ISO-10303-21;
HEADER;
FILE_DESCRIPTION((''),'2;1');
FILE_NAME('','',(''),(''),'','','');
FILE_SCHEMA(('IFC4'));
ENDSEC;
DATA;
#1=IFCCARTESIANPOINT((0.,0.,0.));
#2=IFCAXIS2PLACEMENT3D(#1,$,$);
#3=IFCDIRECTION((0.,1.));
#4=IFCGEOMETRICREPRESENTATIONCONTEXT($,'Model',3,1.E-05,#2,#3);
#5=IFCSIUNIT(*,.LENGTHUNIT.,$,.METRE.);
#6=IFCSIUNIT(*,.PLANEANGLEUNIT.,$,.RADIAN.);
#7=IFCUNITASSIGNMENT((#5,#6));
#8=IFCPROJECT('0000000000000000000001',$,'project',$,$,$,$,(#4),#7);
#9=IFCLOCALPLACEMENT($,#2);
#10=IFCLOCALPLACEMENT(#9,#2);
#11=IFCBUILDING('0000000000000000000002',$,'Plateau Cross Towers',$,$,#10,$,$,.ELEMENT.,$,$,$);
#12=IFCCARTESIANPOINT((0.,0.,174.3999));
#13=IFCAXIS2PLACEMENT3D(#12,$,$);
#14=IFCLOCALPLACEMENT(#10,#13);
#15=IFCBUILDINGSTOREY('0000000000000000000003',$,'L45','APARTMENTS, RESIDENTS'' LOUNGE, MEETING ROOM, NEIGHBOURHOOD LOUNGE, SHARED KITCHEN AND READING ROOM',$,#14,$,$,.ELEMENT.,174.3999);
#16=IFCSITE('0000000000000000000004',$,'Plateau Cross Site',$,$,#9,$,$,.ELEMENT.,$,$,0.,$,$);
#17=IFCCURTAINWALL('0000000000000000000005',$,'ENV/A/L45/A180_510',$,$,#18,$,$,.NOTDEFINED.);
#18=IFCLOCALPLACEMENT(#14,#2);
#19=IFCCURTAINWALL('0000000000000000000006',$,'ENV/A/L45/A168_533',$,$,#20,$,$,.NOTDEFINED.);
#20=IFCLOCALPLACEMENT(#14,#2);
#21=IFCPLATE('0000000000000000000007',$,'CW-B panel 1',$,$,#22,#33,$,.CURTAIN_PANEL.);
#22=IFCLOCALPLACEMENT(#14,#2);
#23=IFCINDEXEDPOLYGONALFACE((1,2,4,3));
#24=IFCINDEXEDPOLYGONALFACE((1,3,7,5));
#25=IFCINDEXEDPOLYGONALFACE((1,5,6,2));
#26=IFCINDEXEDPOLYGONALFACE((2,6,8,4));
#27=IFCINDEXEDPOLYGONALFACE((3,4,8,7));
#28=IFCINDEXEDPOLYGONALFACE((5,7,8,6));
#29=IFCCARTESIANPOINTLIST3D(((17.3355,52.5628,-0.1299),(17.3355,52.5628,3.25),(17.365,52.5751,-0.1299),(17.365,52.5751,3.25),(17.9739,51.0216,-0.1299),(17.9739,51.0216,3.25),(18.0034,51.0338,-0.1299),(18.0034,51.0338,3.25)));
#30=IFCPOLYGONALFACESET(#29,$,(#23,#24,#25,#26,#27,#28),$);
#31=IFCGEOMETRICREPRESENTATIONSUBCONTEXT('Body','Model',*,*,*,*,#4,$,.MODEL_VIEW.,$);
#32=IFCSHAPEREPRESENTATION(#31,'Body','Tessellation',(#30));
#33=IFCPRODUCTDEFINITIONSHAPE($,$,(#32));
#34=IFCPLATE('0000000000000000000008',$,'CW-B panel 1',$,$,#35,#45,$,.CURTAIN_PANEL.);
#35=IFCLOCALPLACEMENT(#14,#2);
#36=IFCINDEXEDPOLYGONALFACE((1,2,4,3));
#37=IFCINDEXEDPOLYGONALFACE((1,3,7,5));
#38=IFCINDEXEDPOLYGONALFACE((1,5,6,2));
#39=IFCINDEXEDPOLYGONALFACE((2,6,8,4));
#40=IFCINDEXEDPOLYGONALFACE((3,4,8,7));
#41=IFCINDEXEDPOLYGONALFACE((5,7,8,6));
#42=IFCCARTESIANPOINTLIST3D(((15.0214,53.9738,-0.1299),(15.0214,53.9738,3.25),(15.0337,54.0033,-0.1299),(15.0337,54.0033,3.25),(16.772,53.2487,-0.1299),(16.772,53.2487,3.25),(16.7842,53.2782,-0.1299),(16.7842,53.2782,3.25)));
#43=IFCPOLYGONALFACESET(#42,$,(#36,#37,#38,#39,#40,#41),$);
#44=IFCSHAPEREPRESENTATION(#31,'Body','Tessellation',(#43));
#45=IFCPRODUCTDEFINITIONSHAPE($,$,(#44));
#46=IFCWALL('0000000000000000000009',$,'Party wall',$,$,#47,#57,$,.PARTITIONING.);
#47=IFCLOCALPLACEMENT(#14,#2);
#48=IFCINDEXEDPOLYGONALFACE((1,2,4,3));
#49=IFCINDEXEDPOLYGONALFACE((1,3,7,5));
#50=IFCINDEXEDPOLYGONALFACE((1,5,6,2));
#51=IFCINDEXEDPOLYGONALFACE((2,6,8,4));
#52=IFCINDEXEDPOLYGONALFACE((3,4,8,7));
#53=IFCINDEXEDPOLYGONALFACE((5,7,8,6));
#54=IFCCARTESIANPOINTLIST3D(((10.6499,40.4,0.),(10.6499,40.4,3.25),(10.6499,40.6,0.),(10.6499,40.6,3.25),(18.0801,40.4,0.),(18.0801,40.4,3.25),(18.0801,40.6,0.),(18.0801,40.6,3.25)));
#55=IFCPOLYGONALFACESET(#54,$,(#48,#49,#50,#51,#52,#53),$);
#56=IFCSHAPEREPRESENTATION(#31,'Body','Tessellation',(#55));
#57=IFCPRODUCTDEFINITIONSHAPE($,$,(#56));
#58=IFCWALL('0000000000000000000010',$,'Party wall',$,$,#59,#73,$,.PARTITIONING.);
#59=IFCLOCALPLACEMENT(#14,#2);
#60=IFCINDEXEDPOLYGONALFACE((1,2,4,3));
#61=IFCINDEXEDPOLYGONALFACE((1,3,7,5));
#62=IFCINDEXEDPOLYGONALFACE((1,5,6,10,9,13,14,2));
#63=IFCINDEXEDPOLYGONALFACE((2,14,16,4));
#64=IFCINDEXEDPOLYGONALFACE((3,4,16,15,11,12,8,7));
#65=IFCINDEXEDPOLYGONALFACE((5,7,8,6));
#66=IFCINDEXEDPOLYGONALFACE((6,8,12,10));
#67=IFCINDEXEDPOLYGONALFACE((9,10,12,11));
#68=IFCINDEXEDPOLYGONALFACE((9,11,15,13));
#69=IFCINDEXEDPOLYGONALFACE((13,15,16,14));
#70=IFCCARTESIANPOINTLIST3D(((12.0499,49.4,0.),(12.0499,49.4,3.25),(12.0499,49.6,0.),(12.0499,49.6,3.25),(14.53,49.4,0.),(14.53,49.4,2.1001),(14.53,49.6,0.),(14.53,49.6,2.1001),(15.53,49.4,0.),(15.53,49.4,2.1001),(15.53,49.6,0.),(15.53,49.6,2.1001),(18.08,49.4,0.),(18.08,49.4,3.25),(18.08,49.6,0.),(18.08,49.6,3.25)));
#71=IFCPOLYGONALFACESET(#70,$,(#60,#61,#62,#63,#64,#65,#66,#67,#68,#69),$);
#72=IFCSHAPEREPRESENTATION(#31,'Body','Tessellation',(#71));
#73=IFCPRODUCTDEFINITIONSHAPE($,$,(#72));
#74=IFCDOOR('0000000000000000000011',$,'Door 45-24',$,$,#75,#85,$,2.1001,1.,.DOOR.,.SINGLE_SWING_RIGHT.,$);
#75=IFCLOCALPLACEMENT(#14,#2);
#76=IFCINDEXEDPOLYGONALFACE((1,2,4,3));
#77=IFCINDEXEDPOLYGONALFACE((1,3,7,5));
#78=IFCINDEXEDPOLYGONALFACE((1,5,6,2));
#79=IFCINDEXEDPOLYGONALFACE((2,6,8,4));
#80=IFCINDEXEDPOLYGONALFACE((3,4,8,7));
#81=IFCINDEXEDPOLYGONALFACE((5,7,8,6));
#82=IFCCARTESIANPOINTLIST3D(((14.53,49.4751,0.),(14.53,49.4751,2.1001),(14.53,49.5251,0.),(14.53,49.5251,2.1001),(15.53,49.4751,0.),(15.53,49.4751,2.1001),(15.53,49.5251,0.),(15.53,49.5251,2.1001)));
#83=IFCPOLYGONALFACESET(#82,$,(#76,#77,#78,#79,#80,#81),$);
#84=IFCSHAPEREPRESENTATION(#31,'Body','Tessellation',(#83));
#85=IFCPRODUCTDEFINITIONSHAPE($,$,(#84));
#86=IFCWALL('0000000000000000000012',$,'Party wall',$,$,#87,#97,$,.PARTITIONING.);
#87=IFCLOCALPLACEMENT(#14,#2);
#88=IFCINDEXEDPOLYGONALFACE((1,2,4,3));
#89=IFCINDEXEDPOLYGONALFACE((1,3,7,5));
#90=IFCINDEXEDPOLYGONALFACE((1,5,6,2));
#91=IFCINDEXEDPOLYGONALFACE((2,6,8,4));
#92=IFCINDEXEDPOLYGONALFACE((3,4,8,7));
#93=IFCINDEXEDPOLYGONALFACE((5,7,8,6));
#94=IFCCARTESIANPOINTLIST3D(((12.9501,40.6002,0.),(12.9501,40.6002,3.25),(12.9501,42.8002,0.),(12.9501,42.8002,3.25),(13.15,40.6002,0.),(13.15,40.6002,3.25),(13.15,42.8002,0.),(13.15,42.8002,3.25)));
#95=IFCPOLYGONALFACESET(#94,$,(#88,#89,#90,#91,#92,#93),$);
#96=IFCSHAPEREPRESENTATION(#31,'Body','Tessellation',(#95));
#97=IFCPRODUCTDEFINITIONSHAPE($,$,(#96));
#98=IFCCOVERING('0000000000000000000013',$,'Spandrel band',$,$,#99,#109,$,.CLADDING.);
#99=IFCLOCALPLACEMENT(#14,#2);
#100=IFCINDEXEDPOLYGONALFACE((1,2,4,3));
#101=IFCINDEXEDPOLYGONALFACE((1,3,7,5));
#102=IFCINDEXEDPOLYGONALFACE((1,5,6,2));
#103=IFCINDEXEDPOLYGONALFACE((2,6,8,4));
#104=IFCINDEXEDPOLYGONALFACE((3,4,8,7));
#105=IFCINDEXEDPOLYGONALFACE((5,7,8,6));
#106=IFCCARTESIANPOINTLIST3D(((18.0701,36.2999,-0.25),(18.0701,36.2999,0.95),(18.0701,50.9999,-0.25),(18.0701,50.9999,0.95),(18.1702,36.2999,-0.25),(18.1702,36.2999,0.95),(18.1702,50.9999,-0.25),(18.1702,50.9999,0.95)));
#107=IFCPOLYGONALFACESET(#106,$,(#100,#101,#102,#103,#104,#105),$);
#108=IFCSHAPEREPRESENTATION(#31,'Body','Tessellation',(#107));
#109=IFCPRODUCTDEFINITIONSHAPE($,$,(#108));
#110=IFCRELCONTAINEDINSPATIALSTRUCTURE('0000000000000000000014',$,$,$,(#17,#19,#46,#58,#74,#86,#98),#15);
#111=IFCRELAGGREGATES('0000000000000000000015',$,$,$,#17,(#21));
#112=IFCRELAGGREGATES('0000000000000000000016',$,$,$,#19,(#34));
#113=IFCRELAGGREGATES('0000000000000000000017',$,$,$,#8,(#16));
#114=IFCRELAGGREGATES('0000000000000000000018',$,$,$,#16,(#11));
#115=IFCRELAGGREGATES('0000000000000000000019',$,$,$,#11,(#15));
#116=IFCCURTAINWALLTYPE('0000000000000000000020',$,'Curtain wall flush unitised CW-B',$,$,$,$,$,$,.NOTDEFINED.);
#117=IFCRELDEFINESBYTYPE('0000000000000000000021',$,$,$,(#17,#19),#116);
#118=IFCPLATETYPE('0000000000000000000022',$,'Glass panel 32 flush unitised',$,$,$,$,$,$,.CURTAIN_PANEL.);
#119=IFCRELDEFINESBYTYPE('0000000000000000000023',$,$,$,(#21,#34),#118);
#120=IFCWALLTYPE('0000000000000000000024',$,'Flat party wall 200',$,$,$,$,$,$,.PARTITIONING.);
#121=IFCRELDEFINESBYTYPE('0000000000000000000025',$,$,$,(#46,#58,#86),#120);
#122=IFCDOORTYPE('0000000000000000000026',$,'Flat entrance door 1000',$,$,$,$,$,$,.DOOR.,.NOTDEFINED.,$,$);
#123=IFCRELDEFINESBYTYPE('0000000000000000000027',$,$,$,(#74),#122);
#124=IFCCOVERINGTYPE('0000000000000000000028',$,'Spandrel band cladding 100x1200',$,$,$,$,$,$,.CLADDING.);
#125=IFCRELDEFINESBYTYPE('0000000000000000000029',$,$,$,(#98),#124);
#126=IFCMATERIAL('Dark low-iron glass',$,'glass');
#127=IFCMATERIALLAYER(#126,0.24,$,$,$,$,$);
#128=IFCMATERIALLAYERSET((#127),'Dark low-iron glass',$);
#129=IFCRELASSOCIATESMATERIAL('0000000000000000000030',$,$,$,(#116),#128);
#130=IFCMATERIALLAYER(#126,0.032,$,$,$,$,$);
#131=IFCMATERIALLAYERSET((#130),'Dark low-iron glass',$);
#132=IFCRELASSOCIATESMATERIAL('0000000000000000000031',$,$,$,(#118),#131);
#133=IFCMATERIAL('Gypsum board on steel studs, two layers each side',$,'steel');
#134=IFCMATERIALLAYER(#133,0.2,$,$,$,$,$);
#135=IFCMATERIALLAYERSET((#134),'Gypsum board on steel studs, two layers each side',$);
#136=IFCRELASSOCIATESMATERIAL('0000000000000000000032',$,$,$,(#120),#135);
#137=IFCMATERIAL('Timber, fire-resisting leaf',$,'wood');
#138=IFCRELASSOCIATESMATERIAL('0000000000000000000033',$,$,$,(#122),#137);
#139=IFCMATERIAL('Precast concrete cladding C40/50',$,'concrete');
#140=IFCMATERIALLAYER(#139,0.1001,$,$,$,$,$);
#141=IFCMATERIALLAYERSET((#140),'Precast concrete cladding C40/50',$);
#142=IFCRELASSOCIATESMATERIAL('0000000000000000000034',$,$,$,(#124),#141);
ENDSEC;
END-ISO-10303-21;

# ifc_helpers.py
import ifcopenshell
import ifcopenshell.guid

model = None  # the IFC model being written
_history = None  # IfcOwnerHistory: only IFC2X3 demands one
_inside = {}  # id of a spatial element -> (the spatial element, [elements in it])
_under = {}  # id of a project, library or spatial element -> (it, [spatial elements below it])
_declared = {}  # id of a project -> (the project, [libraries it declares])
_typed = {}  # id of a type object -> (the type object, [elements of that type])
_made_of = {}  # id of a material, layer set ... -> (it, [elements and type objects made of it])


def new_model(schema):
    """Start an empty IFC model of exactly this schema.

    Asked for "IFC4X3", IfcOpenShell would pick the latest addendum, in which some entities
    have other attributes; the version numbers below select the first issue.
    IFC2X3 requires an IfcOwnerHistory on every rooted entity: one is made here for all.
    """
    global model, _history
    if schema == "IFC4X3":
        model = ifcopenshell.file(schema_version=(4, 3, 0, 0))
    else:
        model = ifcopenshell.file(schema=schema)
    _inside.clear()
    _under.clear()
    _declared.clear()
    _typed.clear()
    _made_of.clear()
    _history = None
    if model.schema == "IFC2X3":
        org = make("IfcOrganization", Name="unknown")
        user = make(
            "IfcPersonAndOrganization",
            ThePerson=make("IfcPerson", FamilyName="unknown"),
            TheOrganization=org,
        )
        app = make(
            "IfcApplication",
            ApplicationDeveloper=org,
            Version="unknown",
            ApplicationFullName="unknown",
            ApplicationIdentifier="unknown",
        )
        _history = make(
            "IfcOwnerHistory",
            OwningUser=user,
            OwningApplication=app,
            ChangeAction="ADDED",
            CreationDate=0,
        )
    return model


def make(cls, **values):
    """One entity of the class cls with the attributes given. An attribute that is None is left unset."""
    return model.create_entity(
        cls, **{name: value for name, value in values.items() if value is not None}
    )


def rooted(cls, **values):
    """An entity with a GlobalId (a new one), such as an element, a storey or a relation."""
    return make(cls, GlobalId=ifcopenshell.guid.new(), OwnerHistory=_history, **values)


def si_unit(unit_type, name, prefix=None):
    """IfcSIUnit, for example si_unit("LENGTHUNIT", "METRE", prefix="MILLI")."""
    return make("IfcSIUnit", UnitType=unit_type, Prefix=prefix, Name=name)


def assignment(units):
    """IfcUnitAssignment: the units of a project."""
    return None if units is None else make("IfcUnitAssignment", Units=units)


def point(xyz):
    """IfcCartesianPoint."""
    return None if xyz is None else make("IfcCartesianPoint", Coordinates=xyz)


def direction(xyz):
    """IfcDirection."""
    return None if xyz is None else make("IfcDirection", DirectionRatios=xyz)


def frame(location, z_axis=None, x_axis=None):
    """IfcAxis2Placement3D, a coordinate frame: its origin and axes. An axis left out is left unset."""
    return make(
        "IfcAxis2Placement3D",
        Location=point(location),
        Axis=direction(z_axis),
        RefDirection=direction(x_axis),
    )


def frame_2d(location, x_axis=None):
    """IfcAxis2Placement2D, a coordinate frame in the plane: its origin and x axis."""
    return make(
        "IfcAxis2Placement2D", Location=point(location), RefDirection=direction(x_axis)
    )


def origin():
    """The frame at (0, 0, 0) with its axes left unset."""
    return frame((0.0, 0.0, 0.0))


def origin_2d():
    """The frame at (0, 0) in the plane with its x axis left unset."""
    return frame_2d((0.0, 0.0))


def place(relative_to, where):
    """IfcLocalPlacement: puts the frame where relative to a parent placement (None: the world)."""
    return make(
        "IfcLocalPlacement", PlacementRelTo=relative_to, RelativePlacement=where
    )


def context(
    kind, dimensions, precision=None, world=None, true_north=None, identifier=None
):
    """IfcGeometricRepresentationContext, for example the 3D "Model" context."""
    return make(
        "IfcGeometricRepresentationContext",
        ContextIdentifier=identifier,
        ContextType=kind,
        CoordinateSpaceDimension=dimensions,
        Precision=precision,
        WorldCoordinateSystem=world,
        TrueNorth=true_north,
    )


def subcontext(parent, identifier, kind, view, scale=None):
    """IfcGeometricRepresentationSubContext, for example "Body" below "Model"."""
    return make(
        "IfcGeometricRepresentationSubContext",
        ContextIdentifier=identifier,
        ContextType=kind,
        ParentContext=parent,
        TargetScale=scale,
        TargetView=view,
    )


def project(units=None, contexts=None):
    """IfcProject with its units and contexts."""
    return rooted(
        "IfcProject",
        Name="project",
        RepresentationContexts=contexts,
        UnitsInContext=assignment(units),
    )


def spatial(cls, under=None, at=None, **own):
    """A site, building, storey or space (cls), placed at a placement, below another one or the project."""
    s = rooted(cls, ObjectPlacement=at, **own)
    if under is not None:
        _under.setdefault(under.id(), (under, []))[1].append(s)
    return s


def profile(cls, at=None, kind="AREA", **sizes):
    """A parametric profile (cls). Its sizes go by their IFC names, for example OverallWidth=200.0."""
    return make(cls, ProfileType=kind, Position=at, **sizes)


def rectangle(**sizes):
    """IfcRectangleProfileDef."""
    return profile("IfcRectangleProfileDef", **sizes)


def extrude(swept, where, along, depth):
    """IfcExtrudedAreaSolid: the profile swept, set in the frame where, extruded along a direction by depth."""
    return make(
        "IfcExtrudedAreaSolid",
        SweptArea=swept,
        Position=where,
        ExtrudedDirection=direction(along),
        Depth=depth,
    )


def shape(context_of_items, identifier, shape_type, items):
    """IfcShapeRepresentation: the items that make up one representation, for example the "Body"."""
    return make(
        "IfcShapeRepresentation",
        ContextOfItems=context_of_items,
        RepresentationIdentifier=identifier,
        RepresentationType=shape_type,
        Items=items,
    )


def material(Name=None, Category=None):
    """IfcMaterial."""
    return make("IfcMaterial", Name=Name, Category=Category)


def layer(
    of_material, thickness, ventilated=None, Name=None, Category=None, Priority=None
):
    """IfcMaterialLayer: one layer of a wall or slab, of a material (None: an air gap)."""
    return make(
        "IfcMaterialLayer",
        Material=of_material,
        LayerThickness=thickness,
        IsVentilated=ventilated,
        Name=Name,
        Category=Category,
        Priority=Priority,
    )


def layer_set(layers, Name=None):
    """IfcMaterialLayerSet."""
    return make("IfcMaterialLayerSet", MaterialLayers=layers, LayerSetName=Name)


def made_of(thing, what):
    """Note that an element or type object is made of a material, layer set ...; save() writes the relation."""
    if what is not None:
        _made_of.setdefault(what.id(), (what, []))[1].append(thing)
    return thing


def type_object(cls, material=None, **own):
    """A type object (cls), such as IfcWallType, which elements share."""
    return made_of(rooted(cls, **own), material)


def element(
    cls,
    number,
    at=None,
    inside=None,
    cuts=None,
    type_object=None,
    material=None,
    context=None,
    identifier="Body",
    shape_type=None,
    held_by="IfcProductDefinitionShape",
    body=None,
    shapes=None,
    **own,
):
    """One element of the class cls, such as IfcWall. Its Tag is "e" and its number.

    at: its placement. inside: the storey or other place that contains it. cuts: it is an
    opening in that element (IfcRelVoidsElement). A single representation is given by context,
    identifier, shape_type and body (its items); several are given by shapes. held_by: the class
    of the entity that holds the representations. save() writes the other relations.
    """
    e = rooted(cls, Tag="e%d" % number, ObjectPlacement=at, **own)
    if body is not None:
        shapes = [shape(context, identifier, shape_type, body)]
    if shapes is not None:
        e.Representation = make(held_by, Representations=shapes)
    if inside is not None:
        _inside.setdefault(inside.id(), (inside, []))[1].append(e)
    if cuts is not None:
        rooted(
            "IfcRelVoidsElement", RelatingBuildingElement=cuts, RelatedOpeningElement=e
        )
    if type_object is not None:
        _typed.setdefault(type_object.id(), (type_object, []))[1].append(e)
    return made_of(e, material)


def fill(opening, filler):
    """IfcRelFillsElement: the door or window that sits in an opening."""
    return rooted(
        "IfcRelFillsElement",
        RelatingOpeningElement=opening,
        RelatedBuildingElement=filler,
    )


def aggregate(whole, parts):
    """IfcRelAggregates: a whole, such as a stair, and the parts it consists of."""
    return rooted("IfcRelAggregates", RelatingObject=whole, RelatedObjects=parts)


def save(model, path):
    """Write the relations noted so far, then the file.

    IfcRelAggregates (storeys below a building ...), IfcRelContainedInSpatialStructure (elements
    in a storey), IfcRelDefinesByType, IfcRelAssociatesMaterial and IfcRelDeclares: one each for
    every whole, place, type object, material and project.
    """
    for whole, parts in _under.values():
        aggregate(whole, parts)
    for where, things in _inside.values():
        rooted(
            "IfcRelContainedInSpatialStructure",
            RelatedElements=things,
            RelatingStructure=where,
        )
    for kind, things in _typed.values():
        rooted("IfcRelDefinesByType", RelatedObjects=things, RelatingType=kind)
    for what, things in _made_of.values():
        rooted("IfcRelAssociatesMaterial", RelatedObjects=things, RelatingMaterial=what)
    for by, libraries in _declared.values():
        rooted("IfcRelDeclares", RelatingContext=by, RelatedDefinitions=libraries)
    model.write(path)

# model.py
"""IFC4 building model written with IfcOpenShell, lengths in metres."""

from ifc_helpers import new_model, si_unit, direction, frame, frame_2d, origin, origin_2d, place, context, subcontext, project, spatial, rectangle, extrude, material, layer, layer_set, type_object, element, fill, aggregate, save


model = new_model("IFC4")

# Units and contexts
model_context = context("Model", 3, precision=1e-05, world=origin(), true_north=direction((0.0, 1.0)))
body_context = subcontext(model_context, "Body", "Model", "MODEL_VIEW")
ifc_project = project(units=[si_unit("LENGTHUNIT", "METRE"), si_unit("PLANEANGLEUNIT", "RADIAN")], contexts=[model_context])

# Site, building, storey
site_placement = place(None, origin())
site = spatial("IfcSite", under=ifc_project, at=site_placement, Name="Plateau Cross Site", CompositionType="ELEMENT", RefElevation=0.0)
building_placement = place(site_placement, origin())
building = spatial("IfcBuilding", under=site, at=building_placement, Name="Plateau Cross Towers", CompositionType="ELEMENT")
storey_placement = place(building_placement, frame((0.0, 0.0, 174.3999)))
storey = spatial("IfcBuildingStorey", under=building, at=storey_placement, Name="L45", Description="APARTMENTS, RESIDENTS' LOUNGE, MEETING ROOM, NEIGHBOURHOOD LOUNGE, SHARED KITCHEN AND READING ROOM", CompositionType="ELEMENT", Elevation=174.3999)

# Curtain wall
ifc_material_1 = material(Name="Dark low-iron glass", Category="glass")
ifc_layer_1 = layer(ifc_material_1, 0.24)
ifc_layer_set_1 = layer_set([ifc_layer_1], Name="Dark low-iron glass")
curtain_wall_type = type_object("IfcCurtainWallType", Name="Curtain wall flush unitised CW-B", PredefinedType="NOTDEFINED", material=ifc_layer_set_1)
curtain_wall_1_placement = place(storey_placement, origin())
curtain_wall_1 = element("IfcCurtainWall", 1, at=curtain_wall_1_placement, inside=storey, type_object=curtain_wall_type, Name="ENV/A/L45/A180_510", PredefinedType="NOTDEFINED")

# Curtain wall
curtain_wall_2_placement = place(storey_placement, origin())
curtain_wall_2 = element("IfcCurtainWall", 2, at=curtain_wall_2_placement, inside=storey, type_object=curtain_wall_type, Name="ENV/A/L45/A168_533", PredefinedType="NOTDEFINED")

# Plates
ifc_layer_2 = layer(ifc_material_1, 0.032)
ifc_layer_set_2 = layer_set([ifc_layer_2], Name="Dark low-iron glass")
plate_type = type_object("IfcPlateType", Name="Glass panel 32 flush unitised", PredefinedType="CURTAIN_PANEL", material=ifc_layer_set_2)
plate_1_placement = place(storey_placement, frame((17.6694, 51.7983, -0.1299), z_axis=(0.0, 0.0, 1.0), x_axis=(-0.382684, 0.923879, 0.0)))
plate_1 = element("IfcPlate", 3, at=plate_1_placement, type_object=plate_type, Name="CW-B panel 1", PredefinedType="CURTAIN_PANEL", context=body_context, shape_type="SweptSolid", body=[
    extrude(rectangle(XDim=1.6682, YDim=0.032, at=origin_2d()), origin(), (0.0, 0.0, 1.0), 3.3799),
])
aggregate(curtain_wall_1, [plate_1])
plate_2_placement = place(storey_placement, frame((15.9028, 53.626, -0.1299), z_axis=(0.0, 0.0, 1.0), x_axis=(-0.923879, 0.382684, 0.0)))
plate_2 = element("IfcPlate", 4, at=plate_2_placement, type_object=plate_type, Name="CW-B panel 1", PredefinedType="CURTAIN_PANEL", context=body_context, shape_type="SweptSolid", body=[
    extrude(rectangle(XDim=1.8948, YDim=0.032, at=origin_2d()), origin(), (0.0, 0.0, 1.0), 3.3799),
])
aggregate(curtain_wall_2, [plate_2])

# Wall
ifc_material_2 = material(Name="Gypsum board on steel studs, two layers each side", Category="steel")
ifc_layer_3 = layer(ifc_material_2, 0.2)
ifc_layer_set_3 = layer_set([ifc_layer_3], Name="Gypsum board on steel studs, two layers each side")
wall_type_1 = type_object("IfcWallType", Name="Flat party wall 200", PredefinedType="PARTITIONING", material=ifc_layer_set_3)
wall_1_placement = place(storey_placement, frame((18.0801, 40.5, 0.0), z_axis=(0.0, 0.0, 1.0), x_axis=(-1.0, 0.0, 0.0)))
element("IfcWall", 5, at=wall_1_placement, inside=storey, type_object=wall_type_1, Name="Party wall", PredefinedType="PARTITIONING", context=body_context, shape_type="SweptSolid", body=[
    extrude(rectangle(XDim=7.4302, YDim=0.2, at=frame_2d((3.7151, 0.0))), origin(), (0.0, 0.0, 1.0), 3.25),
])

# Wall, opening, door
wall_2_placement = place(storey_placement, frame((18.0801, 49.5, 0.0), z_axis=(0.0, 0.0, 1.0), x_axis=(-1.0, 0.0, 0.0)))
wall_2 = element("IfcWall", 6, at=wall_2_placement, inside=storey, type_object=wall_type_1, Name="Party wall", PredefinedType="PARTITIONING", context=body_context, shape_type="SweptSolid", body=[
    extrude(rectangle(XDim=6.03, YDim=0.2, at=frame_2d((3.0151, 0.0))), origin(), (0.0, 0.0, 1.0), 3.25),
])
opening_1_placement = place(wall_2_placement, frame((2.55, 0.0, 0.0)))
opening_1 = element("IfcOpeningElement", 7, at=opening_1_placement, cuts=wall_2, PredefinedType="OPENING", context=body_context, shape_type="SweptSolid", body=[
    extrude(rectangle(XDim=1.0, YDim=2.1001, at=frame_2d((0.5, 1.05))), frame((0.0, 0.1099, 0.0), z_axis=(0.0, -1.0, 0.0), x_axis=(1.0, 0.0, 0.0)), (0.0, 0.0, 1.0), 0.22),
])
ifc_material_3 = material(Name="Timber, fire-resisting leaf", Category="wood")
door_type_1 = type_object("IfcDoorType", Name="Flat entrance door 1000", OperationType="NOTDEFINED", PredefinedType="DOOR", material=ifc_material_3)
door_1_placement = place(opening_1_placement, origin())
door_1 = element("IfcDoor", 8, at=door_1_placement, inside=storey, type_object=door_type_1, Name="Door 45-24", OperationType="SINGLE_SWING_RIGHT", OverallHeight=2.1001, OverallWidth=1.0, PredefinedType="DOOR", context=body_context, shape_type="SweptSolid", body=[
    extrude(rectangle(XDim=1.0, YDim=2.1001, at=frame_2d((0.5, 1.05))), frame((0.0, 0.0249, 0.0), z_axis=(0.0, -1.0, 0.0), x_axis=(1.0, 0.0, 0.0)), (0.0, 0.0, 1.0), 0.05),
])
fill(opening_1, door_1)

# Wall
wall_3_placement = place(storey_placement, frame((13.05, 40.6001, 0.0), z_axis=(0.0, 0.0, 1.0), x_axis=(0.0, 1.0, 0.0)))
element("IfcWall", 9, at=wall_3_placement, inside=storey, type_object=wall_type_1, Name="Party wall", PredefinedType="PARTITIONING", context=body_context, shape_type="SweptSolid", body=[
    extrude(rectangle(XDim=2.2, YDim=0.2, at=frame_2d((1.1001, 0.0))), origin(), (0.0, 0.0, 1.0), 3.25),
])

# Covering
ifc_material_4 = material(Name="Precast concrete cladding C40/50", Category="concrete")
ifc_layer_4 = layer(ifc_material_4, 0.1001)
ifc_layer_set_4 = layer_set([ifc_layer_4], Name="Precast concrete cladding C40/50")
covering_type = type_object("IfcCoveringType", Name="Spandrel band cladding 100x1200", PredefinedType="CLADDING", material=ifc_layer_set_4)
covering_placement = place(storey_placement, frame((18.1201, 43.6499, -0.25), z_axis=(0.0, 0.0, 1.0), x_axis=(0.0, 1.0, 0.0)))
element("IfcCovering", 10, at=covering_placement, inside=storey, type_object=covering_type, Name="Spandrel band", PredefinedType="CLADDING", context=body_context, shape_type="SweptSolid", body=[
    extrude(rectangle(XDim=14.7, YDim=0.1001, at=origin_2d()), origin(), (0.0, 0.0, 1.0), 1.2),
])

save(model, "model.ifc")
